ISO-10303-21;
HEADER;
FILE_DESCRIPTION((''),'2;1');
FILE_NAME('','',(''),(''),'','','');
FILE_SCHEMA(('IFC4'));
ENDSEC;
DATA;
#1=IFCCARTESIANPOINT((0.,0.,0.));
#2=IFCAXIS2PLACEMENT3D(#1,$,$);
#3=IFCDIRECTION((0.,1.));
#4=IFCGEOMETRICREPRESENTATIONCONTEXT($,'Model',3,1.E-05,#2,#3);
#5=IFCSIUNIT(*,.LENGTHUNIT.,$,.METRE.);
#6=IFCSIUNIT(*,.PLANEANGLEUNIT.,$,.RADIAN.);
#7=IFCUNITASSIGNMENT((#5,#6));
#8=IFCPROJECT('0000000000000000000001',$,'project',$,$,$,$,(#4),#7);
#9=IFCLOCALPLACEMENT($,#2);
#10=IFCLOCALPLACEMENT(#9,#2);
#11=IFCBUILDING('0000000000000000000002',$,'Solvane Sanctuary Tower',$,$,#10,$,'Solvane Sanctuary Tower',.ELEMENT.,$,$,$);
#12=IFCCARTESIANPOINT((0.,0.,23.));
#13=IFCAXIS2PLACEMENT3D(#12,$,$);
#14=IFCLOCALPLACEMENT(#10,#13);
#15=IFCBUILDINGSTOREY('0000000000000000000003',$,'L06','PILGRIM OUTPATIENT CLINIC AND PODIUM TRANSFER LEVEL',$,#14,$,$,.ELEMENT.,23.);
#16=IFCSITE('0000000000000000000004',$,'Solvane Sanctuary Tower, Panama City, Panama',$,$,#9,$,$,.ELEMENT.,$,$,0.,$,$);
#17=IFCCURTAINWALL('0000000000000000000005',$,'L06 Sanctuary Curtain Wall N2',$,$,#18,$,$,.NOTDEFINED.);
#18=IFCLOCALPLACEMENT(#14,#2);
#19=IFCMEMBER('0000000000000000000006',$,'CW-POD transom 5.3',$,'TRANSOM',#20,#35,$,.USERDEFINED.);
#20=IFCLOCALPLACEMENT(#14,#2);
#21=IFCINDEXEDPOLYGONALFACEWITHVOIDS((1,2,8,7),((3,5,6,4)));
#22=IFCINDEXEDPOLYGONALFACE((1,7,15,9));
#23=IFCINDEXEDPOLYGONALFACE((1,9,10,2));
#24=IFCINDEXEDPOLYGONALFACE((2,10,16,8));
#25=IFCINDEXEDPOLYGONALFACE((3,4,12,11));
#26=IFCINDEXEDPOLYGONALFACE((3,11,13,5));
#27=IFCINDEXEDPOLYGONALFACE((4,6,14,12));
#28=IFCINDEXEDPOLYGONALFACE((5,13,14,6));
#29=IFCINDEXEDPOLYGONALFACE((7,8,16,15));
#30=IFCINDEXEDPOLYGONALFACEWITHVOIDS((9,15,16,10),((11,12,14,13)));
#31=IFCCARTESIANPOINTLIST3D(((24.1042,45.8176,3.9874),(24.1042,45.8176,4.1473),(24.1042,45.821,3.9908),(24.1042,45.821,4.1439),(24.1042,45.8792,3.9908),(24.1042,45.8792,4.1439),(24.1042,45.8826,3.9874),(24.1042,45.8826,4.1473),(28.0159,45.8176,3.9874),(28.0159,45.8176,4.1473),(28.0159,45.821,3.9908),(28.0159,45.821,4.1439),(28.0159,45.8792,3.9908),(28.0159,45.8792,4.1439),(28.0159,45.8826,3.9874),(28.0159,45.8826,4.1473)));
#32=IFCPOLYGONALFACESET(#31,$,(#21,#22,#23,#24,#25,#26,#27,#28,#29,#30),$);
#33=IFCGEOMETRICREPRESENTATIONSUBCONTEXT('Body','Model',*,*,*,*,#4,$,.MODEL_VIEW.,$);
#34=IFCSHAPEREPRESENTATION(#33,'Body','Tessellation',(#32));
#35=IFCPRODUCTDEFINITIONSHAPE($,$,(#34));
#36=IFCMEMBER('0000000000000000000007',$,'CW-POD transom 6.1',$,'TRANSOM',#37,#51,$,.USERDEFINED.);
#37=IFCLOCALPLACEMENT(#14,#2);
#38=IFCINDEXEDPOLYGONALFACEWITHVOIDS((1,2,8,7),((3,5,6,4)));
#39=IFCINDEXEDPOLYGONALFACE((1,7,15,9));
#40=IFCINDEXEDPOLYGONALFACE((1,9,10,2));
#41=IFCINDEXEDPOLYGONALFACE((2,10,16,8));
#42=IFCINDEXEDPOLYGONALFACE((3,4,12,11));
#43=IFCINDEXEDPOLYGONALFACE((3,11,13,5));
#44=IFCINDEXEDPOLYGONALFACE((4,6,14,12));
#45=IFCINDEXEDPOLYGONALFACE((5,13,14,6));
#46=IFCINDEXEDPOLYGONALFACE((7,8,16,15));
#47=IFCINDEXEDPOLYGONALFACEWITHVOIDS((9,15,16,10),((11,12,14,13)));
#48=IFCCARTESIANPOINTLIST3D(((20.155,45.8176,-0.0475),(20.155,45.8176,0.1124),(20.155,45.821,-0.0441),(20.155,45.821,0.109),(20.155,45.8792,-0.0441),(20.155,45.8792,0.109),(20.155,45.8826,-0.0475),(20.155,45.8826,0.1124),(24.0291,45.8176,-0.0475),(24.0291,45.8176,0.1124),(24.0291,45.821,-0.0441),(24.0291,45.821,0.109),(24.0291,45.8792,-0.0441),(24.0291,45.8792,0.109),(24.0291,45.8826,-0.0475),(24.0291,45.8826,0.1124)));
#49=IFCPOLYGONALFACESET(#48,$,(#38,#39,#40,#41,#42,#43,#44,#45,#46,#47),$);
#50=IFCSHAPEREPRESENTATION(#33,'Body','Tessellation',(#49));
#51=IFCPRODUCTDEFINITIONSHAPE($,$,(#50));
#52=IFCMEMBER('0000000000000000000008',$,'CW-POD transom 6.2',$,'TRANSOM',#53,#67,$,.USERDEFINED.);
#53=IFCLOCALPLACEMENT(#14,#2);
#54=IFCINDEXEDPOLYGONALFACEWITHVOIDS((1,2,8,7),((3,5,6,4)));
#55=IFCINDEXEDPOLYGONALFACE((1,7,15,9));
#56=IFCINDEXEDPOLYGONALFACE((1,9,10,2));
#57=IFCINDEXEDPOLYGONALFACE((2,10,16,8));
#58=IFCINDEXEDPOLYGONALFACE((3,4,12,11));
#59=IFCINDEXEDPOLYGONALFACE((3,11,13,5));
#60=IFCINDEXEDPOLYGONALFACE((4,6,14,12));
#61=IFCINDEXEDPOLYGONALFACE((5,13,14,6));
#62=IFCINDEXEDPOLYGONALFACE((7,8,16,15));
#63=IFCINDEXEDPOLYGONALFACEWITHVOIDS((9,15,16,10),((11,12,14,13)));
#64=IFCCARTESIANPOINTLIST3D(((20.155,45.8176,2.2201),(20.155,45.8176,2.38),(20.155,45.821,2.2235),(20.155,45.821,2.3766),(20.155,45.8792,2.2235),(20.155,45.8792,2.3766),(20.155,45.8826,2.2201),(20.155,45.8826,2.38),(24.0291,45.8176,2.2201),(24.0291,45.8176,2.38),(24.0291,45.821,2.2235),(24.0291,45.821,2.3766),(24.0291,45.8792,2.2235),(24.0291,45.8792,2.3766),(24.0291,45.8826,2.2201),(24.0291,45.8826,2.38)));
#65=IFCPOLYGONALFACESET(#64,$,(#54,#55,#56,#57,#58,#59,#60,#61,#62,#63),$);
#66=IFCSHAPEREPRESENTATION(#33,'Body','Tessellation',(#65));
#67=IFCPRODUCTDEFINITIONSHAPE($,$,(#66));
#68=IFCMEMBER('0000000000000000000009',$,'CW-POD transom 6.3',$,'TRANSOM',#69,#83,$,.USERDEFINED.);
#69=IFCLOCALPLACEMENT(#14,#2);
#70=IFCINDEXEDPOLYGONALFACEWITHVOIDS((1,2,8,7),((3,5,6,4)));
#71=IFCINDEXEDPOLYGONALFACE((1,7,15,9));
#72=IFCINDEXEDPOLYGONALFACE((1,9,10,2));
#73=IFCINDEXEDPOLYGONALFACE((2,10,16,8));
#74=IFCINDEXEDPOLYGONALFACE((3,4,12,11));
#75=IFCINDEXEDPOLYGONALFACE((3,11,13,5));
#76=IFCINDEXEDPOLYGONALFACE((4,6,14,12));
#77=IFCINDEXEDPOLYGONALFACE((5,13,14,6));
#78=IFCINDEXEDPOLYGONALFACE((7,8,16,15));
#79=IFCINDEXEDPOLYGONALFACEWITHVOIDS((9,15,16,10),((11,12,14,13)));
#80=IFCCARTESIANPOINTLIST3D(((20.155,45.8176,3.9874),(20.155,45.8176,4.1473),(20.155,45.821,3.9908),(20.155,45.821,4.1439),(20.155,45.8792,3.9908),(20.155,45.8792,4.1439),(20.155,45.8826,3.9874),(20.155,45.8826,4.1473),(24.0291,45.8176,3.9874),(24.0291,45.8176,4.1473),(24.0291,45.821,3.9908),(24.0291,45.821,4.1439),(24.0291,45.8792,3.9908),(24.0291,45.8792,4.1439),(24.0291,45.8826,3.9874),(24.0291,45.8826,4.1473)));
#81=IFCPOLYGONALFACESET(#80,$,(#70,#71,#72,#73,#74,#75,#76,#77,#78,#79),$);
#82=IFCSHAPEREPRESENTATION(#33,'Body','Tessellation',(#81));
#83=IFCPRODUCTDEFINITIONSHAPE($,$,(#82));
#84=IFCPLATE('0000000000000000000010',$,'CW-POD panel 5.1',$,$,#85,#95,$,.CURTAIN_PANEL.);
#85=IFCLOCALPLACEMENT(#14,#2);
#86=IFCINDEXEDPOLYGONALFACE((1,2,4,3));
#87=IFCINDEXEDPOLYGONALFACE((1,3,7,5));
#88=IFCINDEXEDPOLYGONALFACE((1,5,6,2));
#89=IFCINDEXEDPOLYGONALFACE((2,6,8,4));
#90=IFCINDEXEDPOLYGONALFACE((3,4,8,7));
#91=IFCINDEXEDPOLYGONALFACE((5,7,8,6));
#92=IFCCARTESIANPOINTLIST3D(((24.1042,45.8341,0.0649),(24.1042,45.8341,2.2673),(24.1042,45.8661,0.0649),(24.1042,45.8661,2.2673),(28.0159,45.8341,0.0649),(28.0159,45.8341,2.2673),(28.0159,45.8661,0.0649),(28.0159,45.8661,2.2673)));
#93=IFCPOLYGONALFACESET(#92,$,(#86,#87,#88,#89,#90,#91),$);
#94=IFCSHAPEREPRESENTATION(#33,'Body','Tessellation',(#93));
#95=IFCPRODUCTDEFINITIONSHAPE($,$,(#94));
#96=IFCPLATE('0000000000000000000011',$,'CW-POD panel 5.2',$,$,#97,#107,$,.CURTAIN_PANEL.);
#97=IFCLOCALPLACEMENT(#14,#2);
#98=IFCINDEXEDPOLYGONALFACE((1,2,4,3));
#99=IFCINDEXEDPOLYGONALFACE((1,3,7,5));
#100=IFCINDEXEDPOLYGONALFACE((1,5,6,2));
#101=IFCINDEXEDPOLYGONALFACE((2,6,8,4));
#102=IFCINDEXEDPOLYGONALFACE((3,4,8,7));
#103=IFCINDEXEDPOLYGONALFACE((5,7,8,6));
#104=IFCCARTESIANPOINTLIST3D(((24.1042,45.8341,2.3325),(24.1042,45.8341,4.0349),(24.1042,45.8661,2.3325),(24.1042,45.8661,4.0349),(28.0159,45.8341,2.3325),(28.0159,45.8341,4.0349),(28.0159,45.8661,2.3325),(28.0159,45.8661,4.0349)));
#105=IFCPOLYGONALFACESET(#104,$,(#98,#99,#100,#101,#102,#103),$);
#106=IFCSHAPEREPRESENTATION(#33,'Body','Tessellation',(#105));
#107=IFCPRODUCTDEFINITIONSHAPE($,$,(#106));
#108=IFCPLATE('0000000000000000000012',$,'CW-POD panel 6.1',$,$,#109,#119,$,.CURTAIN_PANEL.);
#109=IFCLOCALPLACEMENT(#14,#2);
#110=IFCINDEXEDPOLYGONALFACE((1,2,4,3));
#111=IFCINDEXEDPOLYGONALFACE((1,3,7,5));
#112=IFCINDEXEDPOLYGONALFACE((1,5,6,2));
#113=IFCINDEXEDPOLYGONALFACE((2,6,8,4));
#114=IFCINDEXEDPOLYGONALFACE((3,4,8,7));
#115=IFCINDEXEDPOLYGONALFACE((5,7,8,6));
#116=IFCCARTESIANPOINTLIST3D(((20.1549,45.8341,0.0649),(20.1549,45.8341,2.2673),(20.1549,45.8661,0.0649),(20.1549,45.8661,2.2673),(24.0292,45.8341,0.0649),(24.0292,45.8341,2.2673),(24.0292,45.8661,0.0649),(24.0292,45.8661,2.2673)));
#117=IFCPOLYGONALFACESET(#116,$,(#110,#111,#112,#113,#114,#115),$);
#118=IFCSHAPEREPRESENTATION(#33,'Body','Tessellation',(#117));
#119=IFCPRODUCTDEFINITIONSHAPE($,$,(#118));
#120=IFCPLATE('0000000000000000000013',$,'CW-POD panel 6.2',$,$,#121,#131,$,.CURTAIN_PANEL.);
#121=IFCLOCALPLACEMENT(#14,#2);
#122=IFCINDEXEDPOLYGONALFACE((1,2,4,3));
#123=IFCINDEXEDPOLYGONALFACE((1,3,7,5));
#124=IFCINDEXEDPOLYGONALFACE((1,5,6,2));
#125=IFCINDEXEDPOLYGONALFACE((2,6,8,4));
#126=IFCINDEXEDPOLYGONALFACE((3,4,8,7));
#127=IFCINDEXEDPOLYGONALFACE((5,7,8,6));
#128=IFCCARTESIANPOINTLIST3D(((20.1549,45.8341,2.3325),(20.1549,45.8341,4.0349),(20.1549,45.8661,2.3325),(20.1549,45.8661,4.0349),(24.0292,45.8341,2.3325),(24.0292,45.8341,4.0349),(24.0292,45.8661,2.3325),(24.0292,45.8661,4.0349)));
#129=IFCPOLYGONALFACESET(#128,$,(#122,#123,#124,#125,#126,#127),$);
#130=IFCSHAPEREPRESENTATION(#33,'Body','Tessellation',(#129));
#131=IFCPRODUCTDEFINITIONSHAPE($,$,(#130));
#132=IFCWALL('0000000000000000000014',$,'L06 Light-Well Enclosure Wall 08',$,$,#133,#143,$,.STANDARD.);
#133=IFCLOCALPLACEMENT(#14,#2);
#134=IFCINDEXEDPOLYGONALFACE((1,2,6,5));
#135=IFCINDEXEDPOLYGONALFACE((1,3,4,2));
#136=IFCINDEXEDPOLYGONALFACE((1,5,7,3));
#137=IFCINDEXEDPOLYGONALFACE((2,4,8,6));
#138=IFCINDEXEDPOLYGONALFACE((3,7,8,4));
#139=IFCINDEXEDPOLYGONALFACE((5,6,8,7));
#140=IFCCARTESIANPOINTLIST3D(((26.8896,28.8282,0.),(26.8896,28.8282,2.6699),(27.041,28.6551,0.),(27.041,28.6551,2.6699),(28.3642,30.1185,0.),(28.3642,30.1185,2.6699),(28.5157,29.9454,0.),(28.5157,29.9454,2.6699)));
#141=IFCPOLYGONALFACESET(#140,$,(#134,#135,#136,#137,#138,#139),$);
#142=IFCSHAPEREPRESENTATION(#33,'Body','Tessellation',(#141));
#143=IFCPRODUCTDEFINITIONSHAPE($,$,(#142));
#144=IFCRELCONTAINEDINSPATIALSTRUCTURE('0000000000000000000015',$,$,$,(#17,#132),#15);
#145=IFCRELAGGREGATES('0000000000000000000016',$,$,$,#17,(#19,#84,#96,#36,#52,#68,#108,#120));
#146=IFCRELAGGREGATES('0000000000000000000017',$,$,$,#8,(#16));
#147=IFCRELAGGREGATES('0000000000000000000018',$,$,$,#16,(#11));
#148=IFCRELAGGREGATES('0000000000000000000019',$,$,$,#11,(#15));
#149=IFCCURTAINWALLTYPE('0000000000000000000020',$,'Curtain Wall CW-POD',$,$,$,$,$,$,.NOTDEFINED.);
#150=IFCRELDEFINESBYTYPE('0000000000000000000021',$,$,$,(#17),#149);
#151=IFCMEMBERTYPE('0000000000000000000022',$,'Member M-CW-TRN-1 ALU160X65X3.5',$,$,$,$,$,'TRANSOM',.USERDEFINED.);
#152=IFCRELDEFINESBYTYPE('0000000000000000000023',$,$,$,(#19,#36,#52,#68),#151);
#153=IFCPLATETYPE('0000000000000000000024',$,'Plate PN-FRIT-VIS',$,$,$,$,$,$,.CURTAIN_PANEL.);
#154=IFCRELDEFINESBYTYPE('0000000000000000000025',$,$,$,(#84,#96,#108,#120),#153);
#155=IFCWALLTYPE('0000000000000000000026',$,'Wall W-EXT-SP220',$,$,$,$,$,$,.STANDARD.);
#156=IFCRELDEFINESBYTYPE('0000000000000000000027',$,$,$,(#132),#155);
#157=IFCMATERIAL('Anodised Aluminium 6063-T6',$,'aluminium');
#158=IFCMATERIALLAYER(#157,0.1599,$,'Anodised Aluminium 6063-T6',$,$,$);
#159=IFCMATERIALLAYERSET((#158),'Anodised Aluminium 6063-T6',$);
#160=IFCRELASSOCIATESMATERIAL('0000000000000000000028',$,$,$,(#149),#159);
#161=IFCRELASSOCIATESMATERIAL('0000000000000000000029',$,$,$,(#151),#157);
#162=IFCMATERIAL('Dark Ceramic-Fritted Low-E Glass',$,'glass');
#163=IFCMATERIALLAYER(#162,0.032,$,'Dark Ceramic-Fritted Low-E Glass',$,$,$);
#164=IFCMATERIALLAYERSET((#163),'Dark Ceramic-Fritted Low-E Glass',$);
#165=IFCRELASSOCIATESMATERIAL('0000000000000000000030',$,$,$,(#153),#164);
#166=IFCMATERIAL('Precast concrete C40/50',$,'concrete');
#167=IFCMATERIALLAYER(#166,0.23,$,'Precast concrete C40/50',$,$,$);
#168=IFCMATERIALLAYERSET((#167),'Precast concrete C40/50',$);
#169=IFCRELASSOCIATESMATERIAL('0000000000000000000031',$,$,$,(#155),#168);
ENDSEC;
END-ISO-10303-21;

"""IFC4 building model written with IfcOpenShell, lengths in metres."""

from ifc_helpers import new_model, si_unit, direction, frame, frame_2d, origin, origin_2d, place, context, subcontext, project, spatial, rectangle, hollow_rectangle, extrude, material, layer, layer_set, material_profile, profile_set, type_object, element, aggregate, save


model = new_model("IFC4")

# Units and contexts
model_context = context("Model", 3, precision=1e-05, world=origin(), true_north=direction((0.0, 1.0)))
body_context = subcontext(model_context, "Body", "Model", "MODEL_VIEW")
ifc_project = project(units=[si_unit("LENGTHUNIT", "METRE"), si_unit("PLANEANGLEUNIT", "RADIAN")], contexts=[model_context])

# Site, building, storey
site_placement = place(None, origin())
site = spatial("IfcSite", under=ifc_project, at=site_placement, Name="Solvane Sanctuary Tower, Panama City, Panama", CompositionType="ELEMENT", RefElevation=0.0)
building_placement = place(site_placement, origin())
building = spatial("IfcBuilding", under=site, at=building_placement, Name="Solvane Sanctuary Tower", LongName="Solvane Sanctuary Tower", CompositionType="ELEMENT")
storey_placement = place(building_placement, frame((0.0, 0.0, 23.0)))
storey = spatial("IfcBuildingStorey", under=building, at=storey_placement, Name="L06", Description="PILGRIM OUTPATIENT CLINIC AND PODIUM TRANSFER LEVEL", CompositionType="ELEMENT", Elevation=23.0)

# Curtain wall
ifc_material_1 = material(Name="Anodised Aluminium 6063-T6", Category="aluminium")
ifc_layer_1 = layer(ifc_material_1, 0.1599, Name="Anodised Aluminium 6063-T6")
ifc_layer_set_1 = layer_set([ifc_layer_1], Name="Anodised Aluminium 6063-T6")
curtain_wall_type_1 = type_object("IfcCurtainWallType", Name="Curtain Wall CW-POD", PredefinedType="NOTDEFINED", material=ifc_layer_set_1)
curtain_wall_1_placement = place(storey_placement, origin())
curtain_wall_1 = element("IfcCurtainWall", 1, at=curtain_wall_1_placement, inside=storey, type_object=curtain_wall_type_1, Name="L06 Sanctuary Curtain Wall N2", PredefinedType="NOTDEFINED")

# Members
ifc_material_profile_1 = material_profile(ifc_material_1, hollow_rectangle(XDim=0.0649, YDim=0.1599, WallThickness=0.0034, at=origin_2d()), Name="ALU160X65X3.5")
ifc_profile_set_1 = profile_set([ifc_material_profile_1], Name="Anodised Aluminium 6063-T6")
member_type_1 = type_object("IfcMemberType", Name="Member M-CW-TRN-1 ALU160X65X3.5", ElementType="TRANSOM", PredefinedType="USERDEFINED", material=ifc_profile_set_1)
member_1_placement = place(storey_placement, frame((28.0159, 45.8501, 4.0674), z_axis=(-1.0, 0.0, 0.0), x_axis=(0.0, -1.0, 0.0)))
member_1 = element("IfcMember", 2, at=member_1_placement, type_object=member_type_1, Name="CW-POD transom 5.3", ObjectType="TRANSOM", PredefinedType="USERDEFINED", context=body_context, shape_type="SweptSolid", body=[
    extrude(hollow_rectangle(XDim=0.0649, YDim=0.1599, WallThickness=0.0034, at=origin_2d()), origin(), (0.0, 0.0, 1.0), 3.9116),
])
member_2_placement = place(storey_placement, frame((24.0291, 45.8501, 0.0325), z_axis=(-1.0, 0.0, 0.0), x_axis=(0.0, -1.0, 0.0)))
member_2 = element("IfcMember", 3, at=member_2_placement, type_object=member_type_1, Name="CW-POD transom 6.1", ObjectType="TRANSOM", PredefinedType="USERDEFINED", context=body_context, shape_type="SweptSolid", body=[
    extrude(hollow_rectangle(XDim=0.0649, YDim=0.1599, WallThickness=0.0034, at=origin_2d()), origin(), (0.0, 0.0, 1.0), 3.874),
])
member_3_placement = place(storey_placement, frame((24.0291, 45.8501, 2.3), z_axis=(-1.0, 0.0, 0.0), x_axis=(0.0, -1.0, 0.0)))
member_3 = element("IfcMember", 4, at=member_3_placement, type_object=member_type_1, Name="CW-POD transom 6.2", ObjectType="TRANSOM", PredefinedType="USERDEFINED", context=body_context, shape_type="SweptSolid", body=[
    extrude(hollow_rectangle(XDim=0.0649, YDim=0.1599, WallThickness=0.0034, at=origin_2d()), origin(), (0.0, 0.0, 1.0), 3.874),
])
member_4_placement = place(storey_placement, frame((24.0291, 45.8501, 4.0674), z_axis=(-1.0, 0.0, 0.0), x_axis=(0.0, -1.0, 0.0)))
member_4 = element("IfcMember", 5, at=member_4_placement, type_object=member_type_1, Name="CW-POD transom 6.3", ObjectType="TRANSOM", PredefinedType="USERDEFINED", context=body_context, shape_type="SweptSolid", body=[
    extrude(hollow_rectangle(XDim=0.0649, YDim=0.1599, WallThickness=0.0034, at=origin_2d()), origin(), (0.0, 0.0, 1.0), 3.874),
])

# Plates
ifc_material_2 = material(Name="Dark Ceramic-Fritted Low-E Glass", Category="glass")
ifc_layer_2 = layer(ifc_material_2, 0.032, Name="Dark Ceramic-Fritted Low-E Glass")
ifc_layer_set_2 = layer_set([ifc_layer_2], Name="Dark Ceramic-Fritted Low-E Glass")
plate_type = type_object("IfcPlateType", Name="Plate PN-FRIT-VIS", PredefinedType="CURTAIN_PANEL", material=ifc_layer_set_2)
plate_1_placement = place(storey_placement, frame((26.0601, 45.8501, 0.0649), z_axis=(0.0, 0.0, 1.0), x_axis=(-1.0, 0.0, 0.0)))
plate_1 = element("IfcPlate", 6, at=plate_1_placement, type_object=plate_type, Name="CW-POD panel 5.1", PredefinedType="CURTAIN_PANEL", context=body_context, shape_type="SweptSolid", body=[
    extrude(rectangle(XDim=3.9116, YDim=0.032, at=origin_2d()), origin(), (0.0, 0.0, 1.0), 2.2024),
])
plate_2_placement = place(storey_placement, frame((26.0601, 45.8501, 2.3325), z_axis=(0.0, 0.0, 1.0), x_axis=(-1.0, 0.0, 0.0)))
plate_2 = element("IfcPlate", 7, at=plate_2_placement, type_object=plate_type, Name="CW-POD panel 5.2", PredefinedType="CURTAIN_PANEL", context=body_context, shape_type="SweptSolid", body=[
    extrude(rectangle(XDim=3.9116, YDim=0.032, at=origin_2d()), origin(), (0.0, 0.0, 1.0), 1.7024),
])
plate_3_placement = place(storey_placement, frame((22.092, 45.8501, 0.0649), z_axis=(0.0, 0.0, 1.0), x_axis=(-1.0, 0.0, 0.0)))
plate_3 = element("IfcPlate", 8, at=plate_3_placement, type_object=plate_type, Name="CW-POD panel 6.1", PredefinedType="CURTAIN_PANEL", context=body_context, shape_type="SweptSolid", body=[
    extrude(rectangle(XDim=3.8743, YDim=0.032, at=origin_2d()), origin(), (0.0, 0.0, 1.0), 2.2024),
])
plate_4_placement = place(storey_placement, frame((22.092, 45.8501, 2.3325), z_axis=(0.0, 0.0, 1.0), x_axis=(-1.0, 0.0, 0.0)))
plate_4 = element("IfcPlate", 9, at=plate_4_placement, type_object=plate_type, Name="CW-POD panel 6.2", PredefinedType="CURTAIN_PANEL", context=body_context, shape_type="SweptSolid", body=[
    extrude(rectangle(XDim=3.8743, YDim=0.032, at=origin_2d()), origin(), (0.0, 0.0, 1.0), 1.7024),
])
aggregate(curtain_wall_1, [member_1, plate_1, plate_2, member_2, member_3, member_4, plate_3, plate_4])

# Wall
ifc_material_3 = material(Name="Precast concrete C40/50", Category="concrete")
ifc_layer_3 = layer(ifc_material_3, 0.23, Name="Precast concrete C40/50")
ifc_layer_set_3 = layer_set([ifc_layer_3], Name="Precast concrete C40/50")
wall_type = type_object("IfcWallType", Name="Wall W-EXT-SP220", PredefinedType="STANDARD", material=ifc_layer_set_3)
wall_placement = place(storey_placement, frame((28.4399, 30.032, 0.0), z_axis=(0.0, 0.0, 1.0), x_axis=(-0.752577, -0.658505, 0.0)))
element("IfcWall", 10, at=wall_placement, inside=storey, type_object=wall_type, Name="L06 Light-Well Enclosure Wall 08", PredefinedType="STANDARD", context=body_context, shape_type="SweptSolid", body=[
    extrude(rectangle(XDim=1.9595, YDim=0.23, at=frame_2d((0.9797, 0.0))), origin(), (0.0, 0.0, 1.0), 2.6699),
])

save(model, "model.ifc")
